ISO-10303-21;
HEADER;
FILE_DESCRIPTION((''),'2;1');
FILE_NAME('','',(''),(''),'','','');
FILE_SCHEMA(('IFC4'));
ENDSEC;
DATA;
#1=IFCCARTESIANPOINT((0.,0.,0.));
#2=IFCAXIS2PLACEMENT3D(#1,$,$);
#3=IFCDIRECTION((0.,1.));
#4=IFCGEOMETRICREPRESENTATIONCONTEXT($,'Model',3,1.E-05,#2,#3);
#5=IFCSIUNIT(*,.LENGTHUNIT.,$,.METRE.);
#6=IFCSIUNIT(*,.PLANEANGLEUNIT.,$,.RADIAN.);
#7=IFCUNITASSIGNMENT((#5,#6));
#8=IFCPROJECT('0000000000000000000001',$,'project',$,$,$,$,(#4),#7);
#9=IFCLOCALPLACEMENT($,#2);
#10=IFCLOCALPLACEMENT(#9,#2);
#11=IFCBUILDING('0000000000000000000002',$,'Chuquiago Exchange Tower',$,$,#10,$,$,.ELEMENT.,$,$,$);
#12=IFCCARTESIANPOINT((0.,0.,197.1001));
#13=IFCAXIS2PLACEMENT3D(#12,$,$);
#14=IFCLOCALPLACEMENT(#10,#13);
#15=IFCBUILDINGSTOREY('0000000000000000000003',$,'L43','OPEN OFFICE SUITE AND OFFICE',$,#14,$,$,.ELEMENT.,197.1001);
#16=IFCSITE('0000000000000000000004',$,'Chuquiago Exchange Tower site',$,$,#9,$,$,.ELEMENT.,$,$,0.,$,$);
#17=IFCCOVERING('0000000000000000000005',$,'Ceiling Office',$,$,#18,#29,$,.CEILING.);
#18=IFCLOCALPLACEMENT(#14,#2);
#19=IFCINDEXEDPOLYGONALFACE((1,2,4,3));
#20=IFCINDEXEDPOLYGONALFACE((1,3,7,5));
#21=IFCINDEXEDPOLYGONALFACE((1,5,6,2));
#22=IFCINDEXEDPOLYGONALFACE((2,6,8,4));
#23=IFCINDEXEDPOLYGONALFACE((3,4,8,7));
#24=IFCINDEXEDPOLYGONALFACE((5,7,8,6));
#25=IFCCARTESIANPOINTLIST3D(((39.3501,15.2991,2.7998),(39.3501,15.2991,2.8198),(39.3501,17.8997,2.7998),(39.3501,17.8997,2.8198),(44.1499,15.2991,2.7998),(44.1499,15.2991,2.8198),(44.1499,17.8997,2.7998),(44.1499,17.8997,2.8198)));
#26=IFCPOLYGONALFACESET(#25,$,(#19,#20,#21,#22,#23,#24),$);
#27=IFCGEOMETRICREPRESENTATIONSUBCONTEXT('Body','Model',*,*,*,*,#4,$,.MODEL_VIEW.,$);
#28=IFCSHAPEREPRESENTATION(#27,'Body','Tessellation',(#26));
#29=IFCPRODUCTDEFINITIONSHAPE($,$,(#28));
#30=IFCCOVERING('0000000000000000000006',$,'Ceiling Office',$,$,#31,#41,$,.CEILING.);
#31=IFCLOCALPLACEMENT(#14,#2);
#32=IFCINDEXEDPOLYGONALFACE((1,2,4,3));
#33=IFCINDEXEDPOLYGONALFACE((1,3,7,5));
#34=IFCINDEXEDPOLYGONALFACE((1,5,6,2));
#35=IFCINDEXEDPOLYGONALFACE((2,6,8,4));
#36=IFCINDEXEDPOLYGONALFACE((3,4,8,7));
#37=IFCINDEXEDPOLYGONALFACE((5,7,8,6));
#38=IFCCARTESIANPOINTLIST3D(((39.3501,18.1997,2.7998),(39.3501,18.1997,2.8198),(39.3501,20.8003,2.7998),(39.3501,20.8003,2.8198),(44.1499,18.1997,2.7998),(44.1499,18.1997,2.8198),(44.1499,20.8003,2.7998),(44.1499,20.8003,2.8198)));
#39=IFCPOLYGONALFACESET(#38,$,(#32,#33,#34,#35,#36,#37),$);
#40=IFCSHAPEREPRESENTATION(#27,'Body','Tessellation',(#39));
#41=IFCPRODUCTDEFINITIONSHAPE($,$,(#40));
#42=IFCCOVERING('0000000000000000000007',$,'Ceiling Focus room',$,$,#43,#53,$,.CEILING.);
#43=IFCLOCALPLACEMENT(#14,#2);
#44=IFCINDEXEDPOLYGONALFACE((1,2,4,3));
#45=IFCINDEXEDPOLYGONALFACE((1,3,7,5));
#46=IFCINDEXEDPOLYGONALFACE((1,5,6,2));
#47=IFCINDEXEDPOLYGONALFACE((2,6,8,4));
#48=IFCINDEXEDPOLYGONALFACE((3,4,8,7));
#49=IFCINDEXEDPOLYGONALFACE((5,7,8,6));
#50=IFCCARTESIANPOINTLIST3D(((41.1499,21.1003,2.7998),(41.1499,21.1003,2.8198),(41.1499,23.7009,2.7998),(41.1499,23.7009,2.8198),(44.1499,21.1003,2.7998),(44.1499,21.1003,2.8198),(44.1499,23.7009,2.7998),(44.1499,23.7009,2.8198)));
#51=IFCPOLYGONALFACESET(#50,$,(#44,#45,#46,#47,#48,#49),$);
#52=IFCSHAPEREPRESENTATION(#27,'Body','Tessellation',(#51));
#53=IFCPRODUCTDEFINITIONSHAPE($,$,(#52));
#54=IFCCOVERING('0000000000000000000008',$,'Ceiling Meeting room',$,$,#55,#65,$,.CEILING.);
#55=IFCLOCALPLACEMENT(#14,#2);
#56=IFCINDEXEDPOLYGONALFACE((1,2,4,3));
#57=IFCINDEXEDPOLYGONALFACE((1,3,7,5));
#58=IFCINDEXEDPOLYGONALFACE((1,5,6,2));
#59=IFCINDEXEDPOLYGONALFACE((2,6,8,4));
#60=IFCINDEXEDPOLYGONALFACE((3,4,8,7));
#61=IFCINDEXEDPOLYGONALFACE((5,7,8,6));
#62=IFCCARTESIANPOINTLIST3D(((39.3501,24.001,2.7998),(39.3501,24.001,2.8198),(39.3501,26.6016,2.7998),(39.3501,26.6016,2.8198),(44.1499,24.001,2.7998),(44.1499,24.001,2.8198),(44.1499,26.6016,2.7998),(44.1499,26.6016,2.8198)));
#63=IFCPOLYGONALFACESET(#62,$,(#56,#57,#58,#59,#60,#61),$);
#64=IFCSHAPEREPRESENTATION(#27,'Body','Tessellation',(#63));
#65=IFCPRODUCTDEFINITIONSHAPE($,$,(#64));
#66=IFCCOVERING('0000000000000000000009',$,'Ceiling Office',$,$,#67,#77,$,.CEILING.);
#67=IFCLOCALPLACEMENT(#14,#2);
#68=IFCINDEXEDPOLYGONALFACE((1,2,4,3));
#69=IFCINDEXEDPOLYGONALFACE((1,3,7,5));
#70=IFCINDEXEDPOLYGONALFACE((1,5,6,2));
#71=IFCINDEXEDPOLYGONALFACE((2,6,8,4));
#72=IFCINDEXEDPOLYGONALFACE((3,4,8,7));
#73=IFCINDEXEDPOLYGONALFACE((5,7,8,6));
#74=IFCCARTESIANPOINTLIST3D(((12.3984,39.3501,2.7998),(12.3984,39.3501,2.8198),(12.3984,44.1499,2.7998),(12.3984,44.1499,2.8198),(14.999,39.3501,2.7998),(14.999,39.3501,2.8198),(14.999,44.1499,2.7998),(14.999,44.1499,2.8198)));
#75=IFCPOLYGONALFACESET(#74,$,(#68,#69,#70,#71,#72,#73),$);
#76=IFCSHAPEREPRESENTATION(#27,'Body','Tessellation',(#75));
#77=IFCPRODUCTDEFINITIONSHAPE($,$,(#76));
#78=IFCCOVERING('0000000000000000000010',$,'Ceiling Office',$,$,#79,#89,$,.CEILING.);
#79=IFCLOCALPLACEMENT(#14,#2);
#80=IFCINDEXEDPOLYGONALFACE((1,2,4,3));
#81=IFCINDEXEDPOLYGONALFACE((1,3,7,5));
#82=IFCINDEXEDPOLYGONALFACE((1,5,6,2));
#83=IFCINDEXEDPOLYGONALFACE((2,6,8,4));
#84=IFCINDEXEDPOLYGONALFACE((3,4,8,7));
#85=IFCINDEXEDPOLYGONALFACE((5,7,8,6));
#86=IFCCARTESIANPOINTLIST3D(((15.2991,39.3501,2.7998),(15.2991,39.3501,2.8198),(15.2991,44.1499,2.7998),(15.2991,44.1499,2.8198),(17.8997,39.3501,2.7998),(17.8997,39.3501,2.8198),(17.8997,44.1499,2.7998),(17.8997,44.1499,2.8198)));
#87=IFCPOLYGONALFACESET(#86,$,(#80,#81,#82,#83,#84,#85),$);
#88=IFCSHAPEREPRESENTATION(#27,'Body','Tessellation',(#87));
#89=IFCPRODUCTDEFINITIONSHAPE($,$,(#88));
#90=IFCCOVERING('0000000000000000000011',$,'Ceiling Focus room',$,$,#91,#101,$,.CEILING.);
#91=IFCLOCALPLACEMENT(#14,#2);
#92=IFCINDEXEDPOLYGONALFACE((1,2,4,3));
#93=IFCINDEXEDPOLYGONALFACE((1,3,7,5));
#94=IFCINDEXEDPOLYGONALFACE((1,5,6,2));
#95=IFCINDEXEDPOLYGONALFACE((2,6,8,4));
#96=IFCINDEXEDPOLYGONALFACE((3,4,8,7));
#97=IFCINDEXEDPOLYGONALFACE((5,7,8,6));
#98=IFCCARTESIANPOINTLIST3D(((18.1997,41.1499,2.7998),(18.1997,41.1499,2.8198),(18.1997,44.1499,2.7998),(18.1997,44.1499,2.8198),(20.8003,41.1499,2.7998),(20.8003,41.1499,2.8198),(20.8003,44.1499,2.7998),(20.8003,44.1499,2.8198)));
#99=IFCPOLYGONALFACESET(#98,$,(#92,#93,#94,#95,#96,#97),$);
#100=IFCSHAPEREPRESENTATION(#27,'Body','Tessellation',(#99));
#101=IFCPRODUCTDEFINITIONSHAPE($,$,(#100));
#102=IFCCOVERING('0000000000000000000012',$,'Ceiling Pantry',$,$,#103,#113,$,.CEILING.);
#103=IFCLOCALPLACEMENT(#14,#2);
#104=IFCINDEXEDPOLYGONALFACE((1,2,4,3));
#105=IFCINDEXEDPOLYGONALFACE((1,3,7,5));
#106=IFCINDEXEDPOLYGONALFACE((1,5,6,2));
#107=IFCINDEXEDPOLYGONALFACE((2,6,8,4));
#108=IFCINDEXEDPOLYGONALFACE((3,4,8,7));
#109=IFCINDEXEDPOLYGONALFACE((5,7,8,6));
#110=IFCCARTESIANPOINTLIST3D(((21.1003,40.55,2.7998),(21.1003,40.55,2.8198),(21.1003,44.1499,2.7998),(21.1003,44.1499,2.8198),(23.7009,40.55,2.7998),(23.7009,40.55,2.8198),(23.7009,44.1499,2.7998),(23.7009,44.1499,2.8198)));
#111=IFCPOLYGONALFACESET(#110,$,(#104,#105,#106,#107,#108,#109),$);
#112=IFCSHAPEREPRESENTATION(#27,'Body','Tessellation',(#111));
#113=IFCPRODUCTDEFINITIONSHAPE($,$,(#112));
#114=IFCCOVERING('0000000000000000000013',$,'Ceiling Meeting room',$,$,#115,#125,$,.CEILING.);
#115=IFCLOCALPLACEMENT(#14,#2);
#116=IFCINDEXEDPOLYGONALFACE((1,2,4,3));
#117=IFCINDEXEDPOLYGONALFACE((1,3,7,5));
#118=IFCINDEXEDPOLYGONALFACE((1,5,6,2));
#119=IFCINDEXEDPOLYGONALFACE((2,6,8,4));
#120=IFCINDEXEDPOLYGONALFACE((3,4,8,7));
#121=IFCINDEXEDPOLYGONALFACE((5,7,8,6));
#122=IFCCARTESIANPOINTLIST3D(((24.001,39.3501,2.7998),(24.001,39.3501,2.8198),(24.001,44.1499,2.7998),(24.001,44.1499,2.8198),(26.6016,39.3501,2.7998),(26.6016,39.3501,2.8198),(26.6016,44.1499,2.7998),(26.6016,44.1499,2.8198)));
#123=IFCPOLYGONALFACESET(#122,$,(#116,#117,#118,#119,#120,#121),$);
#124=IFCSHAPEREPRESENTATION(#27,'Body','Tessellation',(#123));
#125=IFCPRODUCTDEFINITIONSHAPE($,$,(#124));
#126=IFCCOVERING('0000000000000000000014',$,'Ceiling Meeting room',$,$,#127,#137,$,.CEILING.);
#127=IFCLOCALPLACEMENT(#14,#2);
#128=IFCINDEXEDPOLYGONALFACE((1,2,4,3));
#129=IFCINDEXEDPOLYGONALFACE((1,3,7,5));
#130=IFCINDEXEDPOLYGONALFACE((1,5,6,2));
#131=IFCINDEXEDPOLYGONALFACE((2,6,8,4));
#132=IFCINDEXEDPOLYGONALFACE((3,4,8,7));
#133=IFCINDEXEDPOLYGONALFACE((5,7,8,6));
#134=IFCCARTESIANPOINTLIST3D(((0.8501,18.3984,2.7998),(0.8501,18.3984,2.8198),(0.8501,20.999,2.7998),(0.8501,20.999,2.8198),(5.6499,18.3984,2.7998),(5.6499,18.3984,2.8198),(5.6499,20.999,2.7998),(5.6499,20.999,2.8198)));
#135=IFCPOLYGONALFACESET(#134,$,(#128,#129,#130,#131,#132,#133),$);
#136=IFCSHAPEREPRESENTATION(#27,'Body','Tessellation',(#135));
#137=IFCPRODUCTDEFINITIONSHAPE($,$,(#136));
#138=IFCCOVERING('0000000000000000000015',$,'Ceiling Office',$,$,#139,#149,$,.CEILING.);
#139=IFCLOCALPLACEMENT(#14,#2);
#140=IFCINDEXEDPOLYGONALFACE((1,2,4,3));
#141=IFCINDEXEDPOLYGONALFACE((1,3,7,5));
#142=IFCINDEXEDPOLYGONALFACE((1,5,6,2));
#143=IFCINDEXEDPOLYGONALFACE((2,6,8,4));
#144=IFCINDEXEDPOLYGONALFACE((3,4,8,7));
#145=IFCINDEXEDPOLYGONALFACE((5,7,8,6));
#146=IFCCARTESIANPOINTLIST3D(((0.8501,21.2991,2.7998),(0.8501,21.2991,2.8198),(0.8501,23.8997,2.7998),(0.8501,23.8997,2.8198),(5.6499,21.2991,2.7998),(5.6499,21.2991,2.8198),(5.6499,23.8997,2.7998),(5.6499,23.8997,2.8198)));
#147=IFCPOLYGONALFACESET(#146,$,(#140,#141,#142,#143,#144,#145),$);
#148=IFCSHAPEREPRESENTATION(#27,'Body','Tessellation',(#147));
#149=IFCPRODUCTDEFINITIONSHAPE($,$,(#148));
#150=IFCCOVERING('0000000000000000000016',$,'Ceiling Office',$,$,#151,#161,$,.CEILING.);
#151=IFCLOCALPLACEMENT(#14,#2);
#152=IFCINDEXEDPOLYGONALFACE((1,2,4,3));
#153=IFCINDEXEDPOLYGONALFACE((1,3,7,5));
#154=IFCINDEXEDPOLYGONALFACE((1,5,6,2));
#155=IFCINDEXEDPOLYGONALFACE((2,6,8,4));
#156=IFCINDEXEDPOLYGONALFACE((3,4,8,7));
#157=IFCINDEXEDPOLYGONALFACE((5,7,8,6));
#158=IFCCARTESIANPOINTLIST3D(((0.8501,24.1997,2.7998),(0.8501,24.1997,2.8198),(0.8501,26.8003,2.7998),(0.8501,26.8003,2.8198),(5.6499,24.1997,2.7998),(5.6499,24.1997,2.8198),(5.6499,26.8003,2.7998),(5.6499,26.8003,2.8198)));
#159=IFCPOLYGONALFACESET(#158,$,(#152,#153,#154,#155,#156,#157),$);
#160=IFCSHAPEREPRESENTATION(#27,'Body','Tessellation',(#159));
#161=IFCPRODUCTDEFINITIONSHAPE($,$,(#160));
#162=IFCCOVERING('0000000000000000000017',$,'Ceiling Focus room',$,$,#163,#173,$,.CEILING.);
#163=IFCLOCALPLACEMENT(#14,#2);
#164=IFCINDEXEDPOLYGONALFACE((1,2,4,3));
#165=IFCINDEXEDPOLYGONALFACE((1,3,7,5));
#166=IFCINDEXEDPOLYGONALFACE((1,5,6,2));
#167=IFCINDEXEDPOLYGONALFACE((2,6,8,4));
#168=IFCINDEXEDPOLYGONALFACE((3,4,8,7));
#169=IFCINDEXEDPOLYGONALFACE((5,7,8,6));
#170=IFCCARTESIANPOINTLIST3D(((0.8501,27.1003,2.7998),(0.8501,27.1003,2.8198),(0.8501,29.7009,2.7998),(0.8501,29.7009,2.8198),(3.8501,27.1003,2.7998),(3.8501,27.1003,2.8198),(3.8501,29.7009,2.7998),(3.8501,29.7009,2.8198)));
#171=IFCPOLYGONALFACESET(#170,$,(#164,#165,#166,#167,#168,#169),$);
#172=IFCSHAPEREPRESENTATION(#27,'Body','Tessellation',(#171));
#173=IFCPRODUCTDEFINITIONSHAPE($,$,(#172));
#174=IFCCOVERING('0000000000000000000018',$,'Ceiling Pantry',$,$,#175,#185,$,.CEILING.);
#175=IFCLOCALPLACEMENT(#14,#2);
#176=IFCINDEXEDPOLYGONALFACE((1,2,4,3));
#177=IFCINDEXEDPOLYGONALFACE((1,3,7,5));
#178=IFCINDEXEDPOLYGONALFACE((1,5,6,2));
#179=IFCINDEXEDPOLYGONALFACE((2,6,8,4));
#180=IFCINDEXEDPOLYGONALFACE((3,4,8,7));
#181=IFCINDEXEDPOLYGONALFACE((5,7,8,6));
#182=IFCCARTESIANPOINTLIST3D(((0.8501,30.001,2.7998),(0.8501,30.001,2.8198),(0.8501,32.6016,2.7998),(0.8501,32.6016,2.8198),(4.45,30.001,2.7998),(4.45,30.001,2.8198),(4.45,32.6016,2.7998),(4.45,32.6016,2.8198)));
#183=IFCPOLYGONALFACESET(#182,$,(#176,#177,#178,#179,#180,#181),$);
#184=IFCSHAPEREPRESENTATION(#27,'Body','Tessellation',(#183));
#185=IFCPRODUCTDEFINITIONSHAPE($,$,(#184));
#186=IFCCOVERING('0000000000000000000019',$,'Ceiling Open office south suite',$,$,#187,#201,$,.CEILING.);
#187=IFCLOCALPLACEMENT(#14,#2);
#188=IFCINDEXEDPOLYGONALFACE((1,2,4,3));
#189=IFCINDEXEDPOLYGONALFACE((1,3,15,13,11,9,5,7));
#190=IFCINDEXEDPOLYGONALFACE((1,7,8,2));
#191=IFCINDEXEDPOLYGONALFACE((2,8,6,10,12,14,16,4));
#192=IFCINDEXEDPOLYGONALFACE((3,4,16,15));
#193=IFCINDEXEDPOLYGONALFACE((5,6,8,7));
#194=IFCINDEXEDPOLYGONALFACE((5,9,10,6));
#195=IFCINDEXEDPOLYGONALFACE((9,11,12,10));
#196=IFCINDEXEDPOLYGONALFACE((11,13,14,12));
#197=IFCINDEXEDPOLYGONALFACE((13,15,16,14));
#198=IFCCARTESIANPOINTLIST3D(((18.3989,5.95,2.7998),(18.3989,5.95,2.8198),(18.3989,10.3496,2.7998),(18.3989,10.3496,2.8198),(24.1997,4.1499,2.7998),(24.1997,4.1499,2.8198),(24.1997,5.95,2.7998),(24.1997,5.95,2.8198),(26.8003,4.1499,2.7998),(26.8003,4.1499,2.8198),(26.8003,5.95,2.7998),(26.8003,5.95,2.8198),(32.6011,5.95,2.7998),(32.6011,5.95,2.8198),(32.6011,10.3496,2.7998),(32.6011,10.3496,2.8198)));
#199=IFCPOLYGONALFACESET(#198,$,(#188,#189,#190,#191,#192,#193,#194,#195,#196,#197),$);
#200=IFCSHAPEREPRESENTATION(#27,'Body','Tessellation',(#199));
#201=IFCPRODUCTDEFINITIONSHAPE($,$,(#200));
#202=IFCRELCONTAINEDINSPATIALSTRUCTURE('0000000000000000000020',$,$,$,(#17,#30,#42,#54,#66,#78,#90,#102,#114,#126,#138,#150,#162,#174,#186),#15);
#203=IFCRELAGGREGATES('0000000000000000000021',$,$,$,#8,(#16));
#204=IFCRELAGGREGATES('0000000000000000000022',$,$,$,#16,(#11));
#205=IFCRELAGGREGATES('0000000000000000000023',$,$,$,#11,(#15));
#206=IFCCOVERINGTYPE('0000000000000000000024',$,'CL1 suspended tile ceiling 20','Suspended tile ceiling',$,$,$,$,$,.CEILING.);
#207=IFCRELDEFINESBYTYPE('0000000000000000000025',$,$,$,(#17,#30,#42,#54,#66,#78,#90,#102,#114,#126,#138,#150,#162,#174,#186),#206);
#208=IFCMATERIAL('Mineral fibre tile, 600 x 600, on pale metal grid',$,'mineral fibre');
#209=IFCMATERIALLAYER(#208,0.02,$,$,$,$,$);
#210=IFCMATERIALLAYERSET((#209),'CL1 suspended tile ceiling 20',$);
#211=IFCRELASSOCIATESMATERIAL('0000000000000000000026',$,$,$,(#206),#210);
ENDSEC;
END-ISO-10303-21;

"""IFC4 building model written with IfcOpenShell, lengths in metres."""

from ifc_helpers import new_model, si_unit, direction, frame, origin, place, context, subcontext, project, spatial, polyline, outline, extrude, material, layer, layer_set, type_object, element, save


model = new_model("IFC4")

# Units and contexts
model_context = context("Model", 3, precision=1e-05, world=origin(), true_north=direction((0.0, 1.0)))
body_context = subcontext(model_context, "Body", "Model", "MODEL_VIEW")
ifc_project = project(units=[si_unit("LENGTHUNIT", "METRE"), si_unit("PLANEANGLEUNIT", "RADIAN")], contexts=[model_context])

# Site, building, storey
site_placement = place(None, origin())
site = spatial("IfcSite", under=ifc_project, at=site_placement, Name="Chuquiago Exchange Tower site", CompositionType="ELEMENT", RefElevation=0.0)
building_placement = place(site_placement, origin())
building = spatial("IfcBuilding", under=site, at=building_placement, Name="Chuquiago Exchange Tower", CompositionType="ELEMENT")
storey_placement = place(building_placement, frame((0.0, 0.0, 197.1001)))
storey = spatial("IfcBuildingStorey", under=building, at=storey_placement, Name="L43", Description="OPEN OFFICE SUITE AND OFFICE", CompositionType="ELEMENT", Elevation=197.1001)

# Coverings
ifc_material_1 = material(Name="Mineral fibre tile, 600 x 600, on pale metal grid", Category="mineral fibre")
ifc_layer_1 = layer(ifc_material_1, 0.02)
ifc_layer_set_1 = layer_set([ifc_layer_1], Name="CL1 suspended tile ceiling 20")
covering_type_1 = type_object("IfcCoveringType", Name="CL1 suspended tile ceiling 20", Description="Suspended tile ceiling", PredefinedType="CEILING", material=ifc_layer_set_1)
covering_1_placement = place(storey_placement, frame((0.0, 0.0, 2.7998)))
element("IfcCovering", 1, at=covering_1_placement, inside=storey, type_object=covering_type_1, Name="Ceiling Office", PredefinedType="CEILING", context=body_context, shape_type="SweptSolid", body=[
    extrude(outline(polyline([(39.3501, 15.2991), (39.3501, 17.8997), (44.1499, 17.8997), (44.1499, 15.2991), (39.3501, 15.2991)])), origin(), (0.0, 0.0, 1.0), 0.02),
])
covering_2_placement = place(storey_placement, frame((0.0, 0.0, 2.7998)))
element("IfcCovering", 2, at=covering_2_placement, inside=storey, type_object=covering_type_1, Name="Ceiling Office", PredefinedType="CEILING", context=body_context, shape_type="SweptSolid", body=[
    extrude(outline(polyline([(39.3501, 18.1997), (39.3501, 20.8003), (44.1499, 20.8003), (44.1499, 18.1997), (39.3501, 18.1997)])), origin(), (0.0, 0.0, 1.0), 0.02),
])
covering_3_placement = place(storey_placement, frame((0.0, 0.0, 2.7998)))
element("IfcCovering", 3, at=covering_3_placement, inside=storey, type_object=covering_type_1, Name="Ceiling Focus room", PredefinedType="CEILING", context=body_context, shape_type="SweptSolid", body=[
    extrude(outline(polyline([(41.1499, 21.1003), (41.1499, 23.7009), (44.1499, 23.7009), (44.1499, 21.1003), (41.1499, 21.1003)])), origin(), (0.0, 0.0, 1.0), 0.02),
])
covering_4_placement = place(storey_placement, frame((0.0, 0.0, 2.7998)))
element("IfcCovering", 4, at=covering_4_placement, inside=storey, type_object=covering_type_1, Name="Ceiling Meeting room", PredefinedType="CEILING", context=body_context, shape_type="SweptSolid", body=[
    extrude(outline(polyline([(44.1499, 24.001), (39.3501, 24.001), (39.3501, 26.6016), (44.1499, 26.6016), (44.1499, 24.001)])), origin(), (0.0, 0.0, 1.0), 0.02),
])
covering_5_placement = place(storey_placement, frame((0.0, 0.0, 2.7998)))
element("IfcCovering", 5, at=covering_5_placement, inside=storey, type_object=covering_type_1, Name="Ceiling Office", PredefinedType="CEILING", context=body_context, shape_type="SweptSolid", body=[
    extrude(outline(polyline([(14.999, 44.1499), (14.999, 39.3501), (12.3984, 39.3501), (12.3984, 44.1499), (14.999, 44.1499)])), origin(), (0.0, 0.0, 1.0), 0.02),
])
covering_6_placement = place(storey_placement, frame((0.0, 0.0, 2.7998)))
element("IfcCovering", 6, at=covering_6_placement, inside=storey, type_object=covering_type_1, Name="Ceiling Office", PredefinedType="CEILING", context=body_context, shape_type="SweptSolid", body=[
    extrude(outline(polyline([(17.8997, 39.3501), (15.2991, 39.3501), (15.2991, 44.1499), (17.8997, 44.1499), (17.8997, 39.3501)])), origin(), (0.0, 0.0, 1.0), 0.02),
])
covering_7_placement = place(storey_placement, frame((0.0, 0.0, 2.7998)))
element("IfcCovering", 7, at=covering_7_placement, inside=storey, type_object=covering_type_1, Name="Ceiling Focus room", PredefinedType="CEILING", context=body_context, shape_type="SweptSolid", body=[
    extrude(outline(polyline([(20.8003, 41.1499), (18.1997, 41.1499), (18.1997, 44.1499), (20.8003, 44.1499), (20.8003, 41.1499)])), origin(), (0.0, 0.0, 1.0), 0.02),
])
covering_8_placement = place(storey_placement, frame((0.0, 0.0, 2.7998)))
element("IfcCovering", 8, at=covering_8_placement, inside=storey, type_object=covering_type_1, Name="Ceiling Pantry", PredefinedType="CEILING", context=body_context, shape_type="SweptSolid", body=[
    extrude(outline(polyline([(23.7009, 40.55), (21.1003, 40.55), (21.1003, 44.1499), (23.7009, 44.1499), (23.7009, 40.55)])), origin(), (0.0, 0.0, 1.0), 0.02),
])
covering_9_placement = place(storey_placement, frame((0.0, 0.0, 2.7998)))
element("IfcCovering", 9, at=covering_9_placement, inside=storey, type_object=covering_type_1, Name="Ceiling Meeting room", PredefinedType="CEILING", context=body_context, shape_type="SweptSolid", body=[
    extrude(outline(polyline([(26.6016, 39.3501), (24.001, 39.3501), (24.001, 44.1499), (26.6016, 44.1499), (26.6016, 39.3501)])), origin(), (0.0, 0.0, 1.0), 0.02),
])
covering_10_placement = place(storey_placement, frame((0.0, 0.0, 2.7998)))
element("IfcCovering", 10, at=covering_10_placement, inside=storey, type_object=covering_type_1, Name="Ceiling Meeting room", PredefinedType="CEILING", context=body_context, shape_type="SweptSolid", body=[
    extrude(outline(polyline([(0.8501, 20.999), (5.6499, 20.999), (5.6499, 18.3984), (0.8501, 18.3984), (0.8501, 20.999)])), origin(), (0.0, 0.0, 1.0), 0.02),
])
covering_11_placement = place(storey_placement, frame((0.0, 0.0, 2.7998)))
element("IfcCovering", 11, at=covering_11_placement, inside=storey, type_object=covering_type_1, Name="Ceiling Office", PredefinedType="CEILING", context=body_context, shape_type="SweptSolid", body=[
    extrude(outline(polyline([(5.6499, 23.8997), (5.6499, 21.2991), (0.8501, 21.2991), (0.8501, 23.8997), (5.6499, 23.8997)])), origin(), (0.0, 0.0, 1.0), 0.02),
])
covering_12_placement = place(storey_placement, frame((0.0, 0.0, 2.7998)))
element("IfcCovering", 12, at=covering_12_placement, inside=storey, type_object=covering_type_1, Name="Ceiling Office", PredefinedType="CEILING", context=body_context, shape_type="SweptSolid", body=[
    extrude(outline(polyline([(5.6499, 26.8003), (5.6499, 24.1997), (0.8501, 24.1997), (0.8501, 26.8003), (5.6499, 26.8003)])), origin(), (0.0, 0.0, 1.0), 0.02),
])
covering_13_placement = place(storey_placement, frame((0.0, 0.0, 2.7998)))
element("IfcCovering", 13, at=covering_13_placement, inside=storey, type_object=covering_type_1, Name="Ceiling Focus room", PredefinedType="CEILING", context=body_context, shape_type="SweptSolid", body=[
    extrude(outline(polyline([(3.8501, 29.7009), (3.8501, 27.1003), (0.8501, 27.1003), (0.8501, 29.7009), (3.8501, 29.7009)])), origin(), (0.0, 0.0, 1.0), 0.02),
])
covering_14_placement = place(storey_placement, frame((0.0, 0.0, 2.7998)))
element("IfcCovering", 14, at=covering_14_placement, inside=storey, type_object=covering_type_1, Name="Ceiling Pantry", PredefinedType="CEILING", context=body_context, shape_type="SweptSolid", body=[
    extrude(outline(polyline([(4.45, 32.6016), (4.45, 30.001), (0.8501, 30.001), (0.8501, 32.6016), (4.45, 32.6016)])), origin(), (0.0, 0.0, 1.0), 0.02),
])
covering_15_placement = place(storey_placement, frame((0.0, 0.0, 2.7998)))
element("IfcCovering", 15, at=covering_15_placement, inside=storey, type_object=covering_type_1, Name="Ceiling Open office south suite", PredefinedType="CEILING", context=body_context, shape_type="SweptSolid", body=[
    extrude(outline(polyline([(26.8003, 5.95), (26.8003, 4.1499), (24.1997, 4.1499), (24.1997, 5.95), (18.3989, 5.95), (18.3989, 10.3496), (32.6011, 10.3496), (32.6011, 5.95), (26.8003, 5.95)])), origin(), (0.0, 0.0, 1.0), 0.02),
])

save(model, "model.ifc")
